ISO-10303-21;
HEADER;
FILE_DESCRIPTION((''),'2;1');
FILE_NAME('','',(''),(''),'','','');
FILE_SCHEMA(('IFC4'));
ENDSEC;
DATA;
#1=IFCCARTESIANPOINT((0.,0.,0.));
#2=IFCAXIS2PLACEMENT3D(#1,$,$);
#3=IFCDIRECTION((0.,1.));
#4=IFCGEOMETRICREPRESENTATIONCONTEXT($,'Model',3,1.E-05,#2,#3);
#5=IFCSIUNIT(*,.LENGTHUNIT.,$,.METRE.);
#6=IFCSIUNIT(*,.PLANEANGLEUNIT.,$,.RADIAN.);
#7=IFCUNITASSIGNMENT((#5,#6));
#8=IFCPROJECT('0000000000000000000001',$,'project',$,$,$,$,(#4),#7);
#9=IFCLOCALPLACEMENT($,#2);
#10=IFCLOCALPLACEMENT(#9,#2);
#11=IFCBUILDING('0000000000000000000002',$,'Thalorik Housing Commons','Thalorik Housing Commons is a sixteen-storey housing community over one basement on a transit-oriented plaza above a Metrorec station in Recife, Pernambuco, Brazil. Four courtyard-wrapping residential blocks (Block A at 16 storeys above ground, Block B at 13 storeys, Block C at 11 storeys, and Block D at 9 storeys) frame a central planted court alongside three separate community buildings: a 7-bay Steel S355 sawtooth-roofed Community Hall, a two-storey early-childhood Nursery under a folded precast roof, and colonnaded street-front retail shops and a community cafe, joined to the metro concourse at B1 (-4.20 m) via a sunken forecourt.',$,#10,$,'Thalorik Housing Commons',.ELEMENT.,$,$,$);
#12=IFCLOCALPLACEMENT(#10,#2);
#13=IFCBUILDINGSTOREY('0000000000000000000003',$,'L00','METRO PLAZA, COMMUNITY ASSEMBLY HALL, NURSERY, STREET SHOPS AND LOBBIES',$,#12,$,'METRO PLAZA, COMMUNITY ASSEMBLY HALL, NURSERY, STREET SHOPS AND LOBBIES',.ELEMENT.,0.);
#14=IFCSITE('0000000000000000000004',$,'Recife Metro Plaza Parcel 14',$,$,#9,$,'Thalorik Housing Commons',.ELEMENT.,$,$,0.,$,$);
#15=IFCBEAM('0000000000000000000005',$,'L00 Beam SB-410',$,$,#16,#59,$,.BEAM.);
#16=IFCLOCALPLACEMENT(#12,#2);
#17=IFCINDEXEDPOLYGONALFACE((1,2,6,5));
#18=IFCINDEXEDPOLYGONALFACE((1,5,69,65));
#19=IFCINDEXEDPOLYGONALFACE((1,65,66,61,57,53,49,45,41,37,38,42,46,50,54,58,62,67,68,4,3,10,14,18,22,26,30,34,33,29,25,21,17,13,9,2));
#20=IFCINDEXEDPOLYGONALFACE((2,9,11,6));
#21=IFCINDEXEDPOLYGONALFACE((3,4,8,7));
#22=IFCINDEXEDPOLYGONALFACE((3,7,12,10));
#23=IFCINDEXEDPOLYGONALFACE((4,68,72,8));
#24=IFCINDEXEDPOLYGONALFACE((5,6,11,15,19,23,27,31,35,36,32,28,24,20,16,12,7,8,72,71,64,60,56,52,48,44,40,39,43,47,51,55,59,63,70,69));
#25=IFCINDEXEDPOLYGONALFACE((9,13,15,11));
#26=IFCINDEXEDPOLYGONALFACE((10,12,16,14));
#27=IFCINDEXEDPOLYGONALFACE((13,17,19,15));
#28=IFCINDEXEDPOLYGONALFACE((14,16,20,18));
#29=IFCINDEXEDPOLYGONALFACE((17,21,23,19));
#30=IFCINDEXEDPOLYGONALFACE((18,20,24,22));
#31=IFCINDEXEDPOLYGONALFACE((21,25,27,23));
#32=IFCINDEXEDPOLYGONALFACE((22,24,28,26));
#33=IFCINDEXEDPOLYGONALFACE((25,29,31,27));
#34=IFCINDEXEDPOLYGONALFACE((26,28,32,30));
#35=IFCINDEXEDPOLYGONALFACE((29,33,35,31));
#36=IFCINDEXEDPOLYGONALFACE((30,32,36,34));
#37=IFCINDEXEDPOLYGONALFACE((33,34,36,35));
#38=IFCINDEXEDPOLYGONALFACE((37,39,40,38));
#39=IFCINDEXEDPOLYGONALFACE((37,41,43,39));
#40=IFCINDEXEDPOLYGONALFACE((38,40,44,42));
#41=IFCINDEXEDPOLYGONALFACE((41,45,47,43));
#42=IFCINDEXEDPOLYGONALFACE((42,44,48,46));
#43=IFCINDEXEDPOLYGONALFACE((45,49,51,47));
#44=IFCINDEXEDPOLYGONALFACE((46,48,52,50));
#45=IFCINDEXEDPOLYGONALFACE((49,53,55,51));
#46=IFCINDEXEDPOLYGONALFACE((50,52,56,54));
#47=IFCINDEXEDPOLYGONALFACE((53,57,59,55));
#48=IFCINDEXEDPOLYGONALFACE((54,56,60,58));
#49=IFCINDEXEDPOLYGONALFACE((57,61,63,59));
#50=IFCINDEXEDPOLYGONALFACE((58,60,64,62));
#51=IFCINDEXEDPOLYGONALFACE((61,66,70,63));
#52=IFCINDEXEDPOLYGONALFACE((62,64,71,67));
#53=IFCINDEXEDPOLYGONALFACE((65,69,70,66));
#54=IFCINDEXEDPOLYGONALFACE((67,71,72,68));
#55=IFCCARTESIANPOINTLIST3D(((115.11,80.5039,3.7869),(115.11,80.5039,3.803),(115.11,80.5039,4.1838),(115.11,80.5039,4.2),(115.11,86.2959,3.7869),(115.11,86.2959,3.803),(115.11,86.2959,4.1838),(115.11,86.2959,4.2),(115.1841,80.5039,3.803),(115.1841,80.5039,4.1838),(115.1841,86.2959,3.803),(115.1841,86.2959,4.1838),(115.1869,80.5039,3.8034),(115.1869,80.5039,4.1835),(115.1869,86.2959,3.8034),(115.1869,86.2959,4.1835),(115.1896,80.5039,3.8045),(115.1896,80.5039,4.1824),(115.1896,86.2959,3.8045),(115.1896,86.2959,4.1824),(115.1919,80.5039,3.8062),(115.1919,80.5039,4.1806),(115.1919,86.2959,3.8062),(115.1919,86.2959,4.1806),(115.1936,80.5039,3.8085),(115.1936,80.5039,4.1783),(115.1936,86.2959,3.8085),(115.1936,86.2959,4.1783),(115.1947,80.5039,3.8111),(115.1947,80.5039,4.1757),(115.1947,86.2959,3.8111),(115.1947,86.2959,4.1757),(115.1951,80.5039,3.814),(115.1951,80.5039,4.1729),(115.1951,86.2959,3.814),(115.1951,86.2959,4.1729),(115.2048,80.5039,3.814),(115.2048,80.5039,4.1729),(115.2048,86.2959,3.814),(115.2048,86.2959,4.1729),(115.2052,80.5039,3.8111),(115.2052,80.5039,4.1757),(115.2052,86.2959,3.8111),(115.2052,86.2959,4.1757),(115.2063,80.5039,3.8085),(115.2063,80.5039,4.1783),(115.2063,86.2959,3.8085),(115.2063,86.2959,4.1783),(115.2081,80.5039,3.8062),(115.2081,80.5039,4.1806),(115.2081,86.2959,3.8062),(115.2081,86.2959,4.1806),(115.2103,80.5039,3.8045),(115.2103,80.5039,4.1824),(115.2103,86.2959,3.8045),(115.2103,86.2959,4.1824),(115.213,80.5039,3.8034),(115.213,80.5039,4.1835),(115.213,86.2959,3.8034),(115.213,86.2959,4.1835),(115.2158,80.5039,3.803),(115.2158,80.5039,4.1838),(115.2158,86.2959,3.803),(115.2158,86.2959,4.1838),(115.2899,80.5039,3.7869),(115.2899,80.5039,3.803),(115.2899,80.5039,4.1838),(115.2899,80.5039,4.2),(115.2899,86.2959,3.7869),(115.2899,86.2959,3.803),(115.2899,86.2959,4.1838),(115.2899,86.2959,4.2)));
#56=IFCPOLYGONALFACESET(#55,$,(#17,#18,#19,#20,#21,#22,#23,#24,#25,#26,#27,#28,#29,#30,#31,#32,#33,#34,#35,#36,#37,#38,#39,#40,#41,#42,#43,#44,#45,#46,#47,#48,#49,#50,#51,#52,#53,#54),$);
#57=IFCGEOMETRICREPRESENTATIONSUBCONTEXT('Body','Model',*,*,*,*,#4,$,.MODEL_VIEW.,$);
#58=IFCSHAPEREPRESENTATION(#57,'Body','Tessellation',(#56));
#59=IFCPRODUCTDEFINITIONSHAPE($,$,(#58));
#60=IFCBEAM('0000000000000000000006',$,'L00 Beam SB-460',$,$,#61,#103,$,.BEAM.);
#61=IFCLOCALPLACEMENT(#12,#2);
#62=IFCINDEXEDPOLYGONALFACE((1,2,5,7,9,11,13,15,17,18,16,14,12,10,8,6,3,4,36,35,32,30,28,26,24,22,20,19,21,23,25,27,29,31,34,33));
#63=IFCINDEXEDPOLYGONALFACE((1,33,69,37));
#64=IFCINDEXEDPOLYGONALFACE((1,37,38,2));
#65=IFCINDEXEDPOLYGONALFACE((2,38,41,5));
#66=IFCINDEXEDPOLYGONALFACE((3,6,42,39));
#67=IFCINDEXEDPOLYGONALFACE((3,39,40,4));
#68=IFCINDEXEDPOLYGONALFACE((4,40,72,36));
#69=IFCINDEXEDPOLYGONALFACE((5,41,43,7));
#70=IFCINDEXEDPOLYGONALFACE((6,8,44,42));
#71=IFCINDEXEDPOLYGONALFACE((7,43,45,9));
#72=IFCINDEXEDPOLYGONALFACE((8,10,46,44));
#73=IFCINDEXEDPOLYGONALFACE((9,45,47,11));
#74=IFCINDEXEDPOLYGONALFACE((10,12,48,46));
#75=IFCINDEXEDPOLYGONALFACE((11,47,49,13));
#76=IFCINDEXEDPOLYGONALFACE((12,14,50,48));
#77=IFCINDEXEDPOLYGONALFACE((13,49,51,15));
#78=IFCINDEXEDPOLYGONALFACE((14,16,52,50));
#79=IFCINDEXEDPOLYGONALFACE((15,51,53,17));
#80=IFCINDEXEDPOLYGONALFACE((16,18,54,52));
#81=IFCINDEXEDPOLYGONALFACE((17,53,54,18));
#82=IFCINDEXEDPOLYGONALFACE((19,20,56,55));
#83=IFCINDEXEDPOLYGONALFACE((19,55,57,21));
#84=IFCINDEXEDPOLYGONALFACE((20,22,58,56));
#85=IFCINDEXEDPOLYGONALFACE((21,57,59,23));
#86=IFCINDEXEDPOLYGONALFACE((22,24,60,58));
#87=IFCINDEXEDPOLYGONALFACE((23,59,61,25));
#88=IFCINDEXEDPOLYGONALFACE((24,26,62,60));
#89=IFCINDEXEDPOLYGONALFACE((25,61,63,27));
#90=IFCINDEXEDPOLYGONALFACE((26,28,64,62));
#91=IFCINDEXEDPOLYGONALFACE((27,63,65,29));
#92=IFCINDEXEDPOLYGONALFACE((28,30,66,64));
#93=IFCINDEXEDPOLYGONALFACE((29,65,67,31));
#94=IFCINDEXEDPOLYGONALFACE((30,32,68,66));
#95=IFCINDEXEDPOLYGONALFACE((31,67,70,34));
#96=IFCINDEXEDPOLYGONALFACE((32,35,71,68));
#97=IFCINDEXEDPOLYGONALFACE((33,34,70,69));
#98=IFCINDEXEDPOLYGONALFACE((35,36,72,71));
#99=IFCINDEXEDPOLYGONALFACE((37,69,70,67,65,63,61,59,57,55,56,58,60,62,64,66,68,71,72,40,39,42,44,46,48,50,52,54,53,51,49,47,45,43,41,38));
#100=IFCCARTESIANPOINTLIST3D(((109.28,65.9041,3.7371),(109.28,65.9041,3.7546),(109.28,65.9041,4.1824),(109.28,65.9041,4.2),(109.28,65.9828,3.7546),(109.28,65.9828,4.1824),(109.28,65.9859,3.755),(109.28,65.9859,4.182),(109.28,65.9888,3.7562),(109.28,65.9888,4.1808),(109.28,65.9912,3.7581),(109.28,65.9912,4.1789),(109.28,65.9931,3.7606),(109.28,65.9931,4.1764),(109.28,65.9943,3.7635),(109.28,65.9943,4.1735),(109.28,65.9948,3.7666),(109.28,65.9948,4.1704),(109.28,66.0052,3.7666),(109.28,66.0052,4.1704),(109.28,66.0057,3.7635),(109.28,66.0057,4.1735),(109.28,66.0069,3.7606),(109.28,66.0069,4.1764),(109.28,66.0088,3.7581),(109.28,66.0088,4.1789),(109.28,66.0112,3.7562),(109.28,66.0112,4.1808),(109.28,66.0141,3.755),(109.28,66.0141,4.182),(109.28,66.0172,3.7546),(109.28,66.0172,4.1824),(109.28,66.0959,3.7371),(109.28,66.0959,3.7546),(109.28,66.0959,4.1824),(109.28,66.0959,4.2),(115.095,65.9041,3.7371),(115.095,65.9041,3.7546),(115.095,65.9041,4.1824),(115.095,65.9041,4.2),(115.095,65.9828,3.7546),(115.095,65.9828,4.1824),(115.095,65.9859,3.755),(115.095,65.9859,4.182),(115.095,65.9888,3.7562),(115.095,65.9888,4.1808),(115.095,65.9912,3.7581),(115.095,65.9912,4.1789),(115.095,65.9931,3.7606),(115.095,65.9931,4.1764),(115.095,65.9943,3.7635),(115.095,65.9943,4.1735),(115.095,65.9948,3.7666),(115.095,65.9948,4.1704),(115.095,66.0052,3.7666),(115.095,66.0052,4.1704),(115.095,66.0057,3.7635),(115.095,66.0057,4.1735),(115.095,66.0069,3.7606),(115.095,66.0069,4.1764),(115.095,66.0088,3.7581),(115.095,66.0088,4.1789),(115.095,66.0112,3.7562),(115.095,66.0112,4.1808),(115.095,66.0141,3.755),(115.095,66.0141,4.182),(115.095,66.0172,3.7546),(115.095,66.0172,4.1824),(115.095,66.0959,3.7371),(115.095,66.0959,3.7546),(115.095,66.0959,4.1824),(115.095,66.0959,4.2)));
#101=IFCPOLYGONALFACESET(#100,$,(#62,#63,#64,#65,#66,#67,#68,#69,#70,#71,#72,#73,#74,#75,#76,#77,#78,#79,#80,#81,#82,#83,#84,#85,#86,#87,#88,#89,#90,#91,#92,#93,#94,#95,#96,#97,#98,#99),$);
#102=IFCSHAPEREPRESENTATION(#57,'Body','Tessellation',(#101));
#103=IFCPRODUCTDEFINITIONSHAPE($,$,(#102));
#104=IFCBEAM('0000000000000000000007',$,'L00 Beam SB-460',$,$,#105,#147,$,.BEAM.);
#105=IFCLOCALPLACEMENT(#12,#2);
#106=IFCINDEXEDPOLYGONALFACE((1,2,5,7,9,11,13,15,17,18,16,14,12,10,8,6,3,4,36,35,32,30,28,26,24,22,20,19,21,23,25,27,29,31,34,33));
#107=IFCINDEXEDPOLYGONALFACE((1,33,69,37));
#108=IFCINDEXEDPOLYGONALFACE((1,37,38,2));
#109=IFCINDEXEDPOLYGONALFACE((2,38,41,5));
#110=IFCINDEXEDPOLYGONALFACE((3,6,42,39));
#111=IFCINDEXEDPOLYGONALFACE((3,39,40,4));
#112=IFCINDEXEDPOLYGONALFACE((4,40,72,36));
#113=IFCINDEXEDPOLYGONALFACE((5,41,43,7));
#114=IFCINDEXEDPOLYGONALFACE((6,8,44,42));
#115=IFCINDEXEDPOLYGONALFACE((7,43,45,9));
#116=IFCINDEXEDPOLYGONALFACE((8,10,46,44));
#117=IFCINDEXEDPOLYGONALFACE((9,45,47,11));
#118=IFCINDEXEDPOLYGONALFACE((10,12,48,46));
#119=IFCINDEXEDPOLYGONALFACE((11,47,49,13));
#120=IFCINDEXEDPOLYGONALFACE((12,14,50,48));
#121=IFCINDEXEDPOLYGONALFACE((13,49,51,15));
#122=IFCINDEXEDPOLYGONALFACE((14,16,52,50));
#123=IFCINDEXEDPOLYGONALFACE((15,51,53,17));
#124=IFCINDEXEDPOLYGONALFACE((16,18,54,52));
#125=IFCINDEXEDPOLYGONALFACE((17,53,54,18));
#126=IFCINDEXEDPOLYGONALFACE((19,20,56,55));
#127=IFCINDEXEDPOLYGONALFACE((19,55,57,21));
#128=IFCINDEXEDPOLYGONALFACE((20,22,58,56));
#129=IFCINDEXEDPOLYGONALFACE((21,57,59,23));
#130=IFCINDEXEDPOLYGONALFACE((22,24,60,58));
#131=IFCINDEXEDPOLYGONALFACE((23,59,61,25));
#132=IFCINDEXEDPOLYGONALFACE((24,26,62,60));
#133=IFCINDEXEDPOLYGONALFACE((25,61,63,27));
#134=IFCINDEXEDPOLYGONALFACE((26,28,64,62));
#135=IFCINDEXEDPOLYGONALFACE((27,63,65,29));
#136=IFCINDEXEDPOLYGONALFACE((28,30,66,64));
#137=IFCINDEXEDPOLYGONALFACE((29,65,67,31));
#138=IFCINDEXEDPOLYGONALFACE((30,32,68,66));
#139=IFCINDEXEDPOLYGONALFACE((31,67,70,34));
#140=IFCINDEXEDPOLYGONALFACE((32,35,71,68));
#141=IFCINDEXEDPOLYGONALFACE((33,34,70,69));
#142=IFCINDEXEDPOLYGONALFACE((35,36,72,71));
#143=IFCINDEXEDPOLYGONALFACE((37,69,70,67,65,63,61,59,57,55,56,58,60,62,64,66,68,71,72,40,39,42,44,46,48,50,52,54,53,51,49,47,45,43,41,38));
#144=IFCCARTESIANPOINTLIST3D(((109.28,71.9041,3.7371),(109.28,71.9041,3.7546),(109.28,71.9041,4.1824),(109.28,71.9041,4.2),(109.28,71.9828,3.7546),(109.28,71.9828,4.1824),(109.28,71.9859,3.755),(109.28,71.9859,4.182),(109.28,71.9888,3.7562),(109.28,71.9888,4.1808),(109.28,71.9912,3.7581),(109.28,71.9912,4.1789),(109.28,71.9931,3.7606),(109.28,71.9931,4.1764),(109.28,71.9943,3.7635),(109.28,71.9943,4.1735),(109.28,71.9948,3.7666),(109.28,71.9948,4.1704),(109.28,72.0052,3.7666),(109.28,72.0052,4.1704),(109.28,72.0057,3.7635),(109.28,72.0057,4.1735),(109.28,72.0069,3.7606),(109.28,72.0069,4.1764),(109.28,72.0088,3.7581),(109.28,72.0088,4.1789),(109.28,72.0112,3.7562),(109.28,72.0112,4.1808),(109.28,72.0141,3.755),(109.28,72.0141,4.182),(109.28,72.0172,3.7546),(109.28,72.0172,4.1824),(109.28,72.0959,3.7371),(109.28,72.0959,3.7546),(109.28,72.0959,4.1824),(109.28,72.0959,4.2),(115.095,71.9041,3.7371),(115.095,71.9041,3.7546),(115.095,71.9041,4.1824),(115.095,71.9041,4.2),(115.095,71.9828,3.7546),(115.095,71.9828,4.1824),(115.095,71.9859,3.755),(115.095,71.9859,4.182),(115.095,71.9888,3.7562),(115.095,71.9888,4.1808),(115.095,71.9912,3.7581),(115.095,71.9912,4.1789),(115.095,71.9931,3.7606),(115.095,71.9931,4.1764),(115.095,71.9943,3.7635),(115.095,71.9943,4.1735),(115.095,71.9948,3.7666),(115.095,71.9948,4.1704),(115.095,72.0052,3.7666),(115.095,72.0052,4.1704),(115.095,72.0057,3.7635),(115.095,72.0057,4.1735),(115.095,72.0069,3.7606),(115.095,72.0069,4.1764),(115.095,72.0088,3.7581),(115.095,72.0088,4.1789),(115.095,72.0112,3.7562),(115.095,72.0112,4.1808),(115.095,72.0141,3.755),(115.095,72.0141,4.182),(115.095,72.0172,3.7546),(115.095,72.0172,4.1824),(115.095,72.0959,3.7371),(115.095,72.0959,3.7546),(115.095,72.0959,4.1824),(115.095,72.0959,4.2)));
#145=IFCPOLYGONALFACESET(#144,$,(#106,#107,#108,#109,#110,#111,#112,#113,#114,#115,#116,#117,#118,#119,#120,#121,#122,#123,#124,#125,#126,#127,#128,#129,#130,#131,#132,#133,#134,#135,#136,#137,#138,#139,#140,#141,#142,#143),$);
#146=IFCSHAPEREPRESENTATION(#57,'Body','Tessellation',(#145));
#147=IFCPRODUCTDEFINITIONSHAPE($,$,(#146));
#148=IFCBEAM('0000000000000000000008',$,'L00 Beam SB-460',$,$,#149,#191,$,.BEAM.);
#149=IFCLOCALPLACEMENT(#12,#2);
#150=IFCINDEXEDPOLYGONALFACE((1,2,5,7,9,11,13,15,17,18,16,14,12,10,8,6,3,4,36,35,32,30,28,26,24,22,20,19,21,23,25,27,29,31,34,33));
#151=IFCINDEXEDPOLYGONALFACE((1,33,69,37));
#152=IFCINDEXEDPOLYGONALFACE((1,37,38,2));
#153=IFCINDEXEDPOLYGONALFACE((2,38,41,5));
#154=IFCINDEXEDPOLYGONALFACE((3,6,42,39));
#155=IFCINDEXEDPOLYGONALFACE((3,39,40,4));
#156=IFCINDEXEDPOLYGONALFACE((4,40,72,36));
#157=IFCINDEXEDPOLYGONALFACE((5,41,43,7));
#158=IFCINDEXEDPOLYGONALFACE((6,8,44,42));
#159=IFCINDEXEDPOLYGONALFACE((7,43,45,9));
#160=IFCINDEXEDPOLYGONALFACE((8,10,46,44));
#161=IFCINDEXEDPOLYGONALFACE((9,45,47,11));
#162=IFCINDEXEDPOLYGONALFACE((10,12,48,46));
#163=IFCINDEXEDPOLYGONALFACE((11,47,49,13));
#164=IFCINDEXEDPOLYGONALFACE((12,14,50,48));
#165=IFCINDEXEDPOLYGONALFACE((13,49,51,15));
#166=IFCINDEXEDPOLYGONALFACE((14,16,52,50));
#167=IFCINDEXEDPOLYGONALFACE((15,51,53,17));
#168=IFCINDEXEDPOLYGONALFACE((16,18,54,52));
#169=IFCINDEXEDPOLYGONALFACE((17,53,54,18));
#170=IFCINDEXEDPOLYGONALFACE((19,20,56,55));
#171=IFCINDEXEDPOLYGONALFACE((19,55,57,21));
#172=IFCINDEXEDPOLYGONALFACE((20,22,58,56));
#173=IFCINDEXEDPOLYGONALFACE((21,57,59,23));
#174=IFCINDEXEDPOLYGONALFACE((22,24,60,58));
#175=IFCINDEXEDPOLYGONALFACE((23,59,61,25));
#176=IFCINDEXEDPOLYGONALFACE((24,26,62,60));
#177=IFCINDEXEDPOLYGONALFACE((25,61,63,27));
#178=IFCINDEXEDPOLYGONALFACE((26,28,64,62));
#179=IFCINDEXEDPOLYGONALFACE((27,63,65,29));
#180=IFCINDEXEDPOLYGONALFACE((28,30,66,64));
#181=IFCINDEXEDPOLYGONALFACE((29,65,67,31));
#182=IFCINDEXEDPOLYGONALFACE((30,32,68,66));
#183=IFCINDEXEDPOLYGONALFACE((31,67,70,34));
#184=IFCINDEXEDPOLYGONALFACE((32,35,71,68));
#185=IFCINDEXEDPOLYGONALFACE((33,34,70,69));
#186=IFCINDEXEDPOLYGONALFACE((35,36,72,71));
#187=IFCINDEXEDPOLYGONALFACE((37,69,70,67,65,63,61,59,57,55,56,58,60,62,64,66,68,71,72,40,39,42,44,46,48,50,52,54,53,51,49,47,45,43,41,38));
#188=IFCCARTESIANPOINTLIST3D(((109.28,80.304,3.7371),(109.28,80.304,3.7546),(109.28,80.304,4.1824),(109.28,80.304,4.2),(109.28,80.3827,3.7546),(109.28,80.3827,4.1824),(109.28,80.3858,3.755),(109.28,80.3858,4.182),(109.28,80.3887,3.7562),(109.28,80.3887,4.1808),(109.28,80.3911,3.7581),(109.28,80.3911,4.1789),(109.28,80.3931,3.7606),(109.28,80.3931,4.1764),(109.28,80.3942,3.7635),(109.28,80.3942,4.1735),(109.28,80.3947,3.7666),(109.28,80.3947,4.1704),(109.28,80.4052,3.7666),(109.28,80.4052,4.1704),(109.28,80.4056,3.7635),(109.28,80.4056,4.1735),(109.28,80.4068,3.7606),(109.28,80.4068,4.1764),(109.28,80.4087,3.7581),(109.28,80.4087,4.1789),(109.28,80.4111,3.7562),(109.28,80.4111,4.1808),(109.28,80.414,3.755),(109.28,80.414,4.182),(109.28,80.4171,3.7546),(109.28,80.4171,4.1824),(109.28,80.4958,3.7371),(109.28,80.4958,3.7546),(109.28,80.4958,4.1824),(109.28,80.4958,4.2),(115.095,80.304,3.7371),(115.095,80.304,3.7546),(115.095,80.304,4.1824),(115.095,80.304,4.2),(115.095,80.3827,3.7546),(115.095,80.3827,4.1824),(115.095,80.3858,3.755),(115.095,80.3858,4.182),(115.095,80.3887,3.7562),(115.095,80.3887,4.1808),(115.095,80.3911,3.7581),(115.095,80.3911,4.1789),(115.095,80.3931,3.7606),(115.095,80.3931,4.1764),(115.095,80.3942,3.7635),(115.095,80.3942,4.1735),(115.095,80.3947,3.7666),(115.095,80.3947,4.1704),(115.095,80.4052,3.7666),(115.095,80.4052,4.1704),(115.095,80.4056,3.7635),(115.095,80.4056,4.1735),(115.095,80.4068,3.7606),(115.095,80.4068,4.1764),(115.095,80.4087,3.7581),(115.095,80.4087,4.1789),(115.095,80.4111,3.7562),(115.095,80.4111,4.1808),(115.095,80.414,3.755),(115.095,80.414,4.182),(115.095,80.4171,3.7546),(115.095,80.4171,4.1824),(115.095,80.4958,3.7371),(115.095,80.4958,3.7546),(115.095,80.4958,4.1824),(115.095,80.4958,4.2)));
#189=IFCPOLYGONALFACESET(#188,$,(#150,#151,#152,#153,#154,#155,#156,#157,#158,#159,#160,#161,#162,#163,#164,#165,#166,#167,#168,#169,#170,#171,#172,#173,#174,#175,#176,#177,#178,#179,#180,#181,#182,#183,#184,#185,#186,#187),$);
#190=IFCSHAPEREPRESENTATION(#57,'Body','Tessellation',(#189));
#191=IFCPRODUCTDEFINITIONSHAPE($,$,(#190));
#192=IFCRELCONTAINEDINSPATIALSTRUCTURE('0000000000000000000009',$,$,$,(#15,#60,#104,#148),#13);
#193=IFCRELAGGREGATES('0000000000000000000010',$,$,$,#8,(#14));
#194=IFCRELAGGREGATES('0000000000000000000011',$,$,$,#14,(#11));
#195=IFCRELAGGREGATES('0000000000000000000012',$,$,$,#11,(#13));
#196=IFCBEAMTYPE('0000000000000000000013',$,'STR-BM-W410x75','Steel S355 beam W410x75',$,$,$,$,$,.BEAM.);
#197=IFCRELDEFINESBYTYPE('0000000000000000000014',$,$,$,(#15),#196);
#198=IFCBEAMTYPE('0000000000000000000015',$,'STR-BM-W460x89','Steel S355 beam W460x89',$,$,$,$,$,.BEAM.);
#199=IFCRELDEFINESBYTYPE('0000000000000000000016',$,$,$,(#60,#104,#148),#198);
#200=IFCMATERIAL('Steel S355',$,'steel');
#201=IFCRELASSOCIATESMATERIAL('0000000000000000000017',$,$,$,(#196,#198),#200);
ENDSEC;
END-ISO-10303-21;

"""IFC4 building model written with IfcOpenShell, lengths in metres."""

from ifc_helpers import new_model, si_unit, direction, frame, origin, origin_2d, place, context, subcontext, project, spatial, i_section, extrude, material, material_profile, profile_set, type_object, element, save


model = new_model("IFC4")

# Units and contexts
model_context = context("Model", 3, precision=1e-05, world=origin(), true_north=direction((0.0, 1.0)))
body_context = subcontext(model_context, "Body", "Model", "MODEL_VIEW")
ifc_project = project(units=[si_unit("LENGTHUNIT", "METRE"), si_unit("PLANEANGLEUNIT", "RADIAN")], contexts=[model_context])

# Site, building, storey
site_placement = place(None, origin())
site = spatial("IfcSite", under=ifc_project, at=site_placement, Name="Recife Metro Plaza Parcel 14", LongName="Thalorik Housing Commons", CompositionType="ELEMENT", RefElevation=0.0)
building_placement = place(site_placement, origin())
building = spatial("IfcBuilding", under=site, at=building_placement, Name="Thalorik Housing Commons", Description="Thalorik Housing Commons is a sixteen-storey housing community over one basement on a transit-oriented plaza above a Metrorec station in Recife, Pernambuco, Brazil. Four courtyard-wrapping residential blocks (Block A at 16 storeys above ground, Block B at 13 storeys, Block C at 11 storeys, and Block D at 9 storeys) frame a central planted court alongside three separate community buildings: a 7-bay Steel S355 sawtooth-roofed Community Hall, a two-storey early-childhood Nursery under a folded precast roof, and colonnaded street-front retail shops and a community cafe, joined to the metro concourse at B1 (-4.20 m) via a sunken forecourt.", LongName="Thalorik Housing Commons", CompositionType="ELEMENT")
storey_placement = place(building_placement, origin())
storey = spatial("IfcBuildingStorey", under=building, at=storey_placement, Name="L00", Description="METRO PLAZA, COMMUNITY ASSEMBLY HALL, NURSERY, STREET SHOPS AND LOBBIES", LongName="METRO PLAZA, COMMUNITY ASSEMBLY HALL, NURSERY, STREET SHOPS AND LOBBIES", CompositionType="ELEMENT", Elevation=0.0)

# Shared definitions
ifc_material_1 = material(Name="Steel S355", Category="steel")

# Beams
ifc_material_profile_1 = material_profile(ifc_material_1, i_section(OverallWidth=0.1799, OverallDepth=0.4131, WebThickness=0.0098, FlangeThickness=0.0161, FilletRadius=0.011, at=origin_2d()), Name="W410x75", Category="steel")
ifc_profile_set_1 = profile_set([ifc_material_profile_1], Name="Steel S355")
beam_type_1 = type_object("IfcBeamType", Name="STR-BM-W410x75", Description="Steel S355 beam W410x75", PredefinedType="BEAM", material=ifc_profile_set_1)
for number, where, z_axis, x_axis, name in (
    (1, (115.2, 80.5039, 3.9934), (0.0, 1.0, 0.0), (-1.0, 0.0, 0.0), "L00 Beam SB-410"),
):
    element("IfcBeam", number, at=place(storey_placement, frame(where, z_axis=z_axis, x_axis=x_axis)), inside=storey, type_object=beam_type_1, Name=name, PredefinedType="BEAM", context=body_context, shape_type="SweptSolid", body=[
        extrude(i_section(OverallWidth=0.1799, OverallDepth=0.4131, WebThickness=0.0098, FlangeThickness=0.0161, FilletRadius=0.011, at=origin_2d()), origin(), (0.0, 0.0, 1.0), 5.792),
    ])
ifc_material_profile_2 = material_profile(ifc_material_1, i_section(OverallWidth=0.1919, OverallDepth=0.4629, WebThickness=0.0105, FlangeThickness=0.0176, FilletRadius=0.012, at=origin_2d()), Name="W460x89", Category="steel")
ifc_profile_set_2 = profile_set([ifc_material_profile_2], Name="Steel S355")
beam_type_2 = type_object("IfcBeamType", Name="STR-BM-W460x89", Description="Steel S355 beam W460x89", PredefinedType="BEAM", material=ifc_profile_set_2)
for number, where, z_axis, x_axis, name in (
    (2, (109.28, 66.0, 3.9685), (1.0, 0.0, 0.0), (0.0, 1.0, 0.0), "L00 Beam SB-460"),
    (3, (109.28, 72.0, 3.9685), (1.0, 0.0, 0.0), (0.0, 1.0, 0.0), "L00 Beam SB-460"),
    (4, (109.28, 80.3999, 3.9685), (1.0, 0.0, 0.0), (0.0, 1.0, 0.0), "L00 Beam SB-460"),
):
    element("IfcBeam", number, at=place(storey_placement, frame(where, z_axis=z_axis, x_axis=x_axis)), inside=storey, type_object=beam_type_2, Name=name, PredefinedType="BEAM", context=body_context, shape_type="SweptSolid", body=[
        extrude(i_section(OverallWidth=0.1919, OverallDepth=0.4629, WebThickness=0.0105, FlangeThickness=0.0176, FilletRadius=0.012, at=origin_2d()), origin(), (0.0, 0.0, 1.0), 5.8149),
    ])

save(model, "model.ifc")
